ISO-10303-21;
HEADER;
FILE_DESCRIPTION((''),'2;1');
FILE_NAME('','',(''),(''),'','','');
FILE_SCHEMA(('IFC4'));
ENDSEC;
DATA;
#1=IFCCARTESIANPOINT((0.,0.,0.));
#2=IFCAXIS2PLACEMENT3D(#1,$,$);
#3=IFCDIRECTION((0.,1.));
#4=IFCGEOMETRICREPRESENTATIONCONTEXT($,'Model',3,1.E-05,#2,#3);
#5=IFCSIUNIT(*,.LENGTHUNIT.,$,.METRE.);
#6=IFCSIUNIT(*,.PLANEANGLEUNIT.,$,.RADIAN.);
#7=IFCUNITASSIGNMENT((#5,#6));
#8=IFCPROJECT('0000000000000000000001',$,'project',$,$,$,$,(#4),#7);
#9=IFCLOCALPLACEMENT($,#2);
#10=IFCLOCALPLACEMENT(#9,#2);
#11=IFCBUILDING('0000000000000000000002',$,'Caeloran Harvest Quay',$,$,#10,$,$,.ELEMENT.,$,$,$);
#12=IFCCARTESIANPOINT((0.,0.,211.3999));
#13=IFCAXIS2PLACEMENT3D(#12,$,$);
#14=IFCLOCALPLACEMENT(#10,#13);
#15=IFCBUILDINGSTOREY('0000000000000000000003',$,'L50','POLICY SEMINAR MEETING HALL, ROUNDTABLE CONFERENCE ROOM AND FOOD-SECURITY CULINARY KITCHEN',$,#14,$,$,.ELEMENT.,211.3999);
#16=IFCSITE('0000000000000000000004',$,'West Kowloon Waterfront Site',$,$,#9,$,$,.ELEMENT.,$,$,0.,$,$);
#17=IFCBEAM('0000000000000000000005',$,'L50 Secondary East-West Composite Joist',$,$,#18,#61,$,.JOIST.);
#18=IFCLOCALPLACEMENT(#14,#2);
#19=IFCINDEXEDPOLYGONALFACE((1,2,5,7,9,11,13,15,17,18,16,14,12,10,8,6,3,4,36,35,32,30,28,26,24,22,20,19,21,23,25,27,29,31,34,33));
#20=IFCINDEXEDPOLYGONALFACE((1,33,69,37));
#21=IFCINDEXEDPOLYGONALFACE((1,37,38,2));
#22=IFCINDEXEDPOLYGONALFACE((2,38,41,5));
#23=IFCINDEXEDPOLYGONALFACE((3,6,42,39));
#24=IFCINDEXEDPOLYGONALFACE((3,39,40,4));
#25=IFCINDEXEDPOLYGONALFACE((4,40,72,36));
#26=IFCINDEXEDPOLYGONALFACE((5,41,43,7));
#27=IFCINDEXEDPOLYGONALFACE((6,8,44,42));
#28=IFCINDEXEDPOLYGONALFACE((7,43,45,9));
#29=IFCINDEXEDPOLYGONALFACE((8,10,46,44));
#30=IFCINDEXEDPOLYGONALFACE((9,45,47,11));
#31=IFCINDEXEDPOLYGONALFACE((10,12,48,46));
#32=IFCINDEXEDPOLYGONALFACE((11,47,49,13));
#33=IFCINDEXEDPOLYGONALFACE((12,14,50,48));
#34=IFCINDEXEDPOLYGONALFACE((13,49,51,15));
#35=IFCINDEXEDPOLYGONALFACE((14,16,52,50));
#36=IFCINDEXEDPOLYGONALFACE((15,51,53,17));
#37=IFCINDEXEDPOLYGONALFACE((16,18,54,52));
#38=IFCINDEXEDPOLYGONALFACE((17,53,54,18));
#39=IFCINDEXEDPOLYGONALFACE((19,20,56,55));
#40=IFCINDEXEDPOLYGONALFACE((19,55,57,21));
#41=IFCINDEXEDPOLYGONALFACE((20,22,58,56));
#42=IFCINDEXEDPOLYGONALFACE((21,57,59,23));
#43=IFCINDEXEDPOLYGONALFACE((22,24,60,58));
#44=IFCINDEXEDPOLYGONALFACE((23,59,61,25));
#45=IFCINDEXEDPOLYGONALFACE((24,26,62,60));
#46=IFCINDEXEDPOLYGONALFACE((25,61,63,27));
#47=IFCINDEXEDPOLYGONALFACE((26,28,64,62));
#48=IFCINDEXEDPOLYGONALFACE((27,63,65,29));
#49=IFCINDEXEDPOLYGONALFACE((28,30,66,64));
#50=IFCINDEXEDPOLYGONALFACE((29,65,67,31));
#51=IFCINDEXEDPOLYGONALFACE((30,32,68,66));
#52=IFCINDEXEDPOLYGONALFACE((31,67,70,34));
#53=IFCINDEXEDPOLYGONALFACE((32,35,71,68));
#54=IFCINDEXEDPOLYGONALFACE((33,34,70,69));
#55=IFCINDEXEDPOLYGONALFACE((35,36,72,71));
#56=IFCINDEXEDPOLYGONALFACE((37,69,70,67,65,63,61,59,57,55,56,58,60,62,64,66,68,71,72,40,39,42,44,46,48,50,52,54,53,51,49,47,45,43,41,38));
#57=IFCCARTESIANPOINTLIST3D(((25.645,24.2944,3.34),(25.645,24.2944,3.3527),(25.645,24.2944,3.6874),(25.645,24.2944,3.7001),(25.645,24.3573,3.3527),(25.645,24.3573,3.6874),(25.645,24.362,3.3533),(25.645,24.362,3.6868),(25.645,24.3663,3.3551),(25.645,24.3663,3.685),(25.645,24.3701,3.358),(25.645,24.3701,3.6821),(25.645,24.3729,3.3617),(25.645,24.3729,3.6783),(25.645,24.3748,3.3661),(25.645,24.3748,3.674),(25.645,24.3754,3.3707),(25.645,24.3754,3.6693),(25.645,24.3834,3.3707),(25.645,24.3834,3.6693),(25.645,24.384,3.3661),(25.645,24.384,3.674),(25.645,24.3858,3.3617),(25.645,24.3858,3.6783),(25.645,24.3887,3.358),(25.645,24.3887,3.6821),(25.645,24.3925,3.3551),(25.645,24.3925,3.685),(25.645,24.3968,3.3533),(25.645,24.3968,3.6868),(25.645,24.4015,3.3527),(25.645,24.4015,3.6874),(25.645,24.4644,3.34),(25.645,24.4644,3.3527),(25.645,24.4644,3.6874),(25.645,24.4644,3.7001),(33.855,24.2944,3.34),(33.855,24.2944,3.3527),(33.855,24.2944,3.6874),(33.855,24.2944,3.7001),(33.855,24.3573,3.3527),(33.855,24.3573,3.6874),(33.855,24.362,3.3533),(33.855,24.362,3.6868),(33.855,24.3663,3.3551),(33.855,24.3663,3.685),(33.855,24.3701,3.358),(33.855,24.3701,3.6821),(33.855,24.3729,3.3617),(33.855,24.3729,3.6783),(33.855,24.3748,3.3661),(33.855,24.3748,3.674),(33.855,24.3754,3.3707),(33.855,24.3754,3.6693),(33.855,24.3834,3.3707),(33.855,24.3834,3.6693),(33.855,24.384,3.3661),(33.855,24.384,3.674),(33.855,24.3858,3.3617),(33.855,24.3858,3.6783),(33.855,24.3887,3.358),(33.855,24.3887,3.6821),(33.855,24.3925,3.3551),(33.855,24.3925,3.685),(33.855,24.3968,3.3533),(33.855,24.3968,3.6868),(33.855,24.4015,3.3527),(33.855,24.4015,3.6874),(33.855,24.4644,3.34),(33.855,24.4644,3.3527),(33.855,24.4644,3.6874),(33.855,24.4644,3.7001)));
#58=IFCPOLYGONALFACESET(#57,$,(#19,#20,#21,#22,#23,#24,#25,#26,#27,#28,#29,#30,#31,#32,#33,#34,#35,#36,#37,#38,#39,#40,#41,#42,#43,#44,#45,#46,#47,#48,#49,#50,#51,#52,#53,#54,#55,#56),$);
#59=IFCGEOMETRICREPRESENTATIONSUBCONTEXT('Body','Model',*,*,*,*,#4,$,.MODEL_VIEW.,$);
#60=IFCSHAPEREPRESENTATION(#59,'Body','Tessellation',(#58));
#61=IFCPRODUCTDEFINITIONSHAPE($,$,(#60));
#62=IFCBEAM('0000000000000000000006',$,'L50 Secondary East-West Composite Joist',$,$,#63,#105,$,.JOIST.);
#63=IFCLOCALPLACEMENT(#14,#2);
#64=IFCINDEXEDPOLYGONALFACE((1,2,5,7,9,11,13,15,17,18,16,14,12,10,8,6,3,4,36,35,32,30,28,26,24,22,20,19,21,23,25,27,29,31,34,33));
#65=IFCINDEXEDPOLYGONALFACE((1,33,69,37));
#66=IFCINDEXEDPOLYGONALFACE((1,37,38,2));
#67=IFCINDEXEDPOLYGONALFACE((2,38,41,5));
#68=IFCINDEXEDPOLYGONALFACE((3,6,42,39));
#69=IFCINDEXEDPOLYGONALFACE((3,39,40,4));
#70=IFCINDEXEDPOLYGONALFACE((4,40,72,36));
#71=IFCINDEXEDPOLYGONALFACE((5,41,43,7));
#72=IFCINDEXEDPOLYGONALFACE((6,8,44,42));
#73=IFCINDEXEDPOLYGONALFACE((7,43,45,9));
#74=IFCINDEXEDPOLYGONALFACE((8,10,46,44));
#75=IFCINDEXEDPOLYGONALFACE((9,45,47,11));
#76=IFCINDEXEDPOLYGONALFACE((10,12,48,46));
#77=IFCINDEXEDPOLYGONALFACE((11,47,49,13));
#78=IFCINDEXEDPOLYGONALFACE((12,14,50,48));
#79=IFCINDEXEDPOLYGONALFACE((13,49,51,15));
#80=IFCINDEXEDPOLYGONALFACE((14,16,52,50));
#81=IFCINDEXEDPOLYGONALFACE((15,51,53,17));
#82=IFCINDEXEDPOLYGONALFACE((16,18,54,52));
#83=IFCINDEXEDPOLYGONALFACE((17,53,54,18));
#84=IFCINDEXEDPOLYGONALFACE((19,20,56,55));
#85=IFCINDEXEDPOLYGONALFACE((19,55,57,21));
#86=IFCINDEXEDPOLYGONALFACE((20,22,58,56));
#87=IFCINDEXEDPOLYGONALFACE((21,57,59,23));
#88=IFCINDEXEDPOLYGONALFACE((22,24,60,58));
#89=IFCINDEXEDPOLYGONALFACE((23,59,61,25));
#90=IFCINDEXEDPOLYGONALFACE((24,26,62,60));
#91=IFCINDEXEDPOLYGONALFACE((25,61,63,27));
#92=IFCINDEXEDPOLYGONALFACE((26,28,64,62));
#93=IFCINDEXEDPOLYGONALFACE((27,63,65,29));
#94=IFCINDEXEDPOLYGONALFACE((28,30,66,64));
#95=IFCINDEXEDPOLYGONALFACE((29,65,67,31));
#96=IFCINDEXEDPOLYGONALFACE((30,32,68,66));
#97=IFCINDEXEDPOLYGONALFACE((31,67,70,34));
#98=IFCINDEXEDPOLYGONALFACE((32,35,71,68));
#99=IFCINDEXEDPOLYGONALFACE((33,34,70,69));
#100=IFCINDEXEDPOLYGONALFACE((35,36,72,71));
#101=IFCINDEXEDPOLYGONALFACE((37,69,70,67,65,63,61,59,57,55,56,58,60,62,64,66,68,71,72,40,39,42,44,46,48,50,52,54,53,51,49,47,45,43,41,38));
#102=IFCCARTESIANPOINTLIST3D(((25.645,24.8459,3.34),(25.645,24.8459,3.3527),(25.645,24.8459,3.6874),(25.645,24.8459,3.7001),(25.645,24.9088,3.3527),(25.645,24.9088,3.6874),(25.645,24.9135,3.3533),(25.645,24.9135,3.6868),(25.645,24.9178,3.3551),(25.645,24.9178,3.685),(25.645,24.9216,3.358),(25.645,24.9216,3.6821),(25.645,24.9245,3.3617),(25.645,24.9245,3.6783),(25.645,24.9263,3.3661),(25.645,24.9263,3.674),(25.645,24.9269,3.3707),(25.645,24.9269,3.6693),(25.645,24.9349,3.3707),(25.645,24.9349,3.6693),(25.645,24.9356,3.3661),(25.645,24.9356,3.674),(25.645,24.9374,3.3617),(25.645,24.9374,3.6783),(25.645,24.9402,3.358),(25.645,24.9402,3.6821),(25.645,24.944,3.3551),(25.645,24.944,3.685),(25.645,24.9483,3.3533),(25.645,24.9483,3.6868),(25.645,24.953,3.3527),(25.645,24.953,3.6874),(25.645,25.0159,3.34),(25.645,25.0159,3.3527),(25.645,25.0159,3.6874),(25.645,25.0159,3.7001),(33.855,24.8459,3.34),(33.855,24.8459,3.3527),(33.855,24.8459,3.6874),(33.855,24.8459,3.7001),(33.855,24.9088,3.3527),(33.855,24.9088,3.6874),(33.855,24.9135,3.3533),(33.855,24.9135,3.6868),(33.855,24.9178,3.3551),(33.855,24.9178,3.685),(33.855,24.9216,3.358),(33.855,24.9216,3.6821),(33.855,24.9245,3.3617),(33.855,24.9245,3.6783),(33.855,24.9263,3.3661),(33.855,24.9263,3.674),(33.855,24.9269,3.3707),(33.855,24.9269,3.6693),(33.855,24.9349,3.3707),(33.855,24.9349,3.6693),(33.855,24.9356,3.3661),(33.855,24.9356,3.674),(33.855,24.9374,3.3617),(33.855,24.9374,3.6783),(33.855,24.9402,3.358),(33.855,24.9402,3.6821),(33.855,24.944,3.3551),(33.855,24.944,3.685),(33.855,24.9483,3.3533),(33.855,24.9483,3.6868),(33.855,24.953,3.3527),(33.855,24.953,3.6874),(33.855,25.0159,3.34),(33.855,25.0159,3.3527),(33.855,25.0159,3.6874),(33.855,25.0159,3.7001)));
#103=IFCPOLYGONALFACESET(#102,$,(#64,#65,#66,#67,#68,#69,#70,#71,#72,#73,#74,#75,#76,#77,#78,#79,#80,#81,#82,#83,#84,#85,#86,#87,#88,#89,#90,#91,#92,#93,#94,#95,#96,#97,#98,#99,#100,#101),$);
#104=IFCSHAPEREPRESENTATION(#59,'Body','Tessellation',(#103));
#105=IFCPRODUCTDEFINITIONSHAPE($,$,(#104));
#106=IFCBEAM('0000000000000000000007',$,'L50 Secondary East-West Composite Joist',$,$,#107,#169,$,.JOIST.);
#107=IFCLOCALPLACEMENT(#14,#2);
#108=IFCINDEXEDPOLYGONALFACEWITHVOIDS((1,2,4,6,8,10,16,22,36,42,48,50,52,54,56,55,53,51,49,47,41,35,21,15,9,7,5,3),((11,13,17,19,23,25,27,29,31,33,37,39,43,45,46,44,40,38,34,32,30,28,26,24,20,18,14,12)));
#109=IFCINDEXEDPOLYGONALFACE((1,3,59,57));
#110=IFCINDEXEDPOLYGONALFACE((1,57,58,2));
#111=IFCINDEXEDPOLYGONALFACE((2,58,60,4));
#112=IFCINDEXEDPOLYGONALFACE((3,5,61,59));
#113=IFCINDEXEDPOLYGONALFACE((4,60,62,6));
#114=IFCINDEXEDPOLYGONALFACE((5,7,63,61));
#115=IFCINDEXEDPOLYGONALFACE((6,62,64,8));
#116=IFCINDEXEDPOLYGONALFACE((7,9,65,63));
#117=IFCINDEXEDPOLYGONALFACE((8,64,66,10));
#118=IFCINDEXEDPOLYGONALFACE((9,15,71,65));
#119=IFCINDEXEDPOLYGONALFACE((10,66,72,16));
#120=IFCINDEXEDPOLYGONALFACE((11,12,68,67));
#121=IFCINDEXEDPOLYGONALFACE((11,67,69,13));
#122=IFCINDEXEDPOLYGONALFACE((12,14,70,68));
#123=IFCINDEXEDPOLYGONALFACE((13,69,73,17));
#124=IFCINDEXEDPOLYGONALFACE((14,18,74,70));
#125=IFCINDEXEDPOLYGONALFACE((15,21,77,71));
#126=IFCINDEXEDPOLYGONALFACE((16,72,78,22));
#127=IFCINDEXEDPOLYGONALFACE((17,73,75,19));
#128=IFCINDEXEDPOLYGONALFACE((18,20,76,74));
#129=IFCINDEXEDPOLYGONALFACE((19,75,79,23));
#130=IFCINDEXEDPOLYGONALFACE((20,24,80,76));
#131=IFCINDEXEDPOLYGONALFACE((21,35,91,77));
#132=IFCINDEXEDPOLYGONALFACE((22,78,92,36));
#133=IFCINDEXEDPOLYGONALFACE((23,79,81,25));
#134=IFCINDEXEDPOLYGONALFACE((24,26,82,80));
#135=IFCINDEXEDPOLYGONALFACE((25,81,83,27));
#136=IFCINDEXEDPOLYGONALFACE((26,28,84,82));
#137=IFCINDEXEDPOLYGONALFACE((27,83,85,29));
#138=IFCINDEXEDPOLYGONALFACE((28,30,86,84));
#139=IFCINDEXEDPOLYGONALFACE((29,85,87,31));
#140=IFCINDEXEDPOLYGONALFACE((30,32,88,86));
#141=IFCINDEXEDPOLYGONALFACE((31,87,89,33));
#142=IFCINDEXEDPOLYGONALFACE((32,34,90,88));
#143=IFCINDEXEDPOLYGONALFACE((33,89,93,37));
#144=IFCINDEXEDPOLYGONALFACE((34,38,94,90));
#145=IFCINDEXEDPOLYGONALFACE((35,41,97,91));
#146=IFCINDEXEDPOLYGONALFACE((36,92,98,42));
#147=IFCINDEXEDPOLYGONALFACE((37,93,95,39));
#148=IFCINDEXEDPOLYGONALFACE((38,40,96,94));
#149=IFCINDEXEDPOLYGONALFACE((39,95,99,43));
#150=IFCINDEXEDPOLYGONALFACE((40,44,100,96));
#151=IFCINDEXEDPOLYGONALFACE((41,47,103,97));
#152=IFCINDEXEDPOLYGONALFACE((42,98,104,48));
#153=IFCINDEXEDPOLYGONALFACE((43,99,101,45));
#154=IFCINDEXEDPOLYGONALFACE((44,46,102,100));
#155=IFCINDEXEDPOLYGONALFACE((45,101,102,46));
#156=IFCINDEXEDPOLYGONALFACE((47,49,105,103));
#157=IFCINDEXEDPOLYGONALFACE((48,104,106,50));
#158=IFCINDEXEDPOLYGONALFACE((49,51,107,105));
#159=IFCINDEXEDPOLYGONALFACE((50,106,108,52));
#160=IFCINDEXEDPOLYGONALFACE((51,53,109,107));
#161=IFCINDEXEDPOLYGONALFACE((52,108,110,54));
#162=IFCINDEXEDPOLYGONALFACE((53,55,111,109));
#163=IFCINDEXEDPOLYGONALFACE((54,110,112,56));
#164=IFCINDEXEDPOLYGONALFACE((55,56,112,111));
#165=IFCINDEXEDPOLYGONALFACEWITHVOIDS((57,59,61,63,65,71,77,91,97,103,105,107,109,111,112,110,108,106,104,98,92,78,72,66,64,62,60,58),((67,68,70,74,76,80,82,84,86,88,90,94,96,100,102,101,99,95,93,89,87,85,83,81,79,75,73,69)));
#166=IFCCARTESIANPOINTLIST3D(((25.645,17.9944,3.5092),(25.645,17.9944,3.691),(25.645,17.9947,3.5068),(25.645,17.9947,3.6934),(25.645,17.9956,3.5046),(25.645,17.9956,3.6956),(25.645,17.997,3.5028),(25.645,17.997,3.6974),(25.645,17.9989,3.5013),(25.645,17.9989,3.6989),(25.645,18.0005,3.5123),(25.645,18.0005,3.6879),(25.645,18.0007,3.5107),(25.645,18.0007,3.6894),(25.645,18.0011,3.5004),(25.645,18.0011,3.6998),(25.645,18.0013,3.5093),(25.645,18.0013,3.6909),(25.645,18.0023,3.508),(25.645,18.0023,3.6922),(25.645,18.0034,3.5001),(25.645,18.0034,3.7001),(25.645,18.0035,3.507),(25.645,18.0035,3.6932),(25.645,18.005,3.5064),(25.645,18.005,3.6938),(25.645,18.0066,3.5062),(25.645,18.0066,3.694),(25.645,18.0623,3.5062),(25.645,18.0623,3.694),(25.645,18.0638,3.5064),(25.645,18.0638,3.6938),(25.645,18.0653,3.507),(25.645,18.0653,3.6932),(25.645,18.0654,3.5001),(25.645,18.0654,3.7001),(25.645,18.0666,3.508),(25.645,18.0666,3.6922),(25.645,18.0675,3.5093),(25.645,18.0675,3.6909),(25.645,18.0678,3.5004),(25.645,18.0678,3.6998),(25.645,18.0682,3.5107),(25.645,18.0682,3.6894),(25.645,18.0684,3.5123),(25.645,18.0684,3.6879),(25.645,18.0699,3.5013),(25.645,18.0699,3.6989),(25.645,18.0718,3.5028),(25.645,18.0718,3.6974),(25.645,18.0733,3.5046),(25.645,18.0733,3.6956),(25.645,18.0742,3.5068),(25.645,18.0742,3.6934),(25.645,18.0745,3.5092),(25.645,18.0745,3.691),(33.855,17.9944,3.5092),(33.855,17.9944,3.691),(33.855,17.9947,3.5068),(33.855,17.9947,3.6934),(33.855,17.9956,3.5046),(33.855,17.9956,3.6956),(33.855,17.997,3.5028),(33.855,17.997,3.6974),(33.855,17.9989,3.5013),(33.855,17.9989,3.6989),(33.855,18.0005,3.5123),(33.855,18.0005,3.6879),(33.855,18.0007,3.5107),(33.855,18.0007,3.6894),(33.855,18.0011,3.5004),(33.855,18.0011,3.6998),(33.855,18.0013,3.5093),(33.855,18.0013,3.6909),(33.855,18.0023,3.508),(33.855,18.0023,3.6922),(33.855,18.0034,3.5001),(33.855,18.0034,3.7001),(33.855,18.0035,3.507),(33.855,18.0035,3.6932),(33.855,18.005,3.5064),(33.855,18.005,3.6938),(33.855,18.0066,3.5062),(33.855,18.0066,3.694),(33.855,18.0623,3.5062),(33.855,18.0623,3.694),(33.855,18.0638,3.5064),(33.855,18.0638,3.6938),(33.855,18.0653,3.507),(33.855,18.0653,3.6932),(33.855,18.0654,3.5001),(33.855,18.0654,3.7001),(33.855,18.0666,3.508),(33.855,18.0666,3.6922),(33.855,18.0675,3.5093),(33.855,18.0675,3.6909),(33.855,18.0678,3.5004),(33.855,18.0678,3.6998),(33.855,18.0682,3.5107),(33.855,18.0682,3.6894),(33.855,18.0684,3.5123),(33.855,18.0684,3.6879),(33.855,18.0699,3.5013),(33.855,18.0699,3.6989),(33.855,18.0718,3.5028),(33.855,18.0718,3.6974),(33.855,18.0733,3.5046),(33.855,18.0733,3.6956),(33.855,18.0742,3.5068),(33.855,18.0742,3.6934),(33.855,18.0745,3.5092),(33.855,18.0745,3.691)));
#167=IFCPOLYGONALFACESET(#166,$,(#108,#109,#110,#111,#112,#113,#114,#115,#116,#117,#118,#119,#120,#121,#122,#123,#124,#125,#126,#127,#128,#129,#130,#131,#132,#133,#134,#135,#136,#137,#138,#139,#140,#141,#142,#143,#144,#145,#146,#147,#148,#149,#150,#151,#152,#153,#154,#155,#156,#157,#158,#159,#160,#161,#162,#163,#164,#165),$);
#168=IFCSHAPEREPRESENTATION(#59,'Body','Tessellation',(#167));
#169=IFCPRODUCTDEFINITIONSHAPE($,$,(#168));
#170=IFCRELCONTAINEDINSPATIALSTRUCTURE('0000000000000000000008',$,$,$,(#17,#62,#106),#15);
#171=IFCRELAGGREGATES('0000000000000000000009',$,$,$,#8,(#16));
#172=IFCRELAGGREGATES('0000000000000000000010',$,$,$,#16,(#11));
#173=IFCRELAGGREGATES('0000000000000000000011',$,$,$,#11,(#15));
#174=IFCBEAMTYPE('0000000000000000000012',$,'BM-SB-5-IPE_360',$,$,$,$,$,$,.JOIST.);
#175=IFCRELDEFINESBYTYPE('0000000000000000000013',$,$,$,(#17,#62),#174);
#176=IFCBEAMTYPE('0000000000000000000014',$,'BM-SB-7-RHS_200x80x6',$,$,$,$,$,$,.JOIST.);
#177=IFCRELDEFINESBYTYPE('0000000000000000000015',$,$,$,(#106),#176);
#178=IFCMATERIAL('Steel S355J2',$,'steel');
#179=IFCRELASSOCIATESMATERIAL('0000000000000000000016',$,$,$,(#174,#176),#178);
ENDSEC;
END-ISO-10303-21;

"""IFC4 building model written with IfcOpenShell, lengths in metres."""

from ifc_helpers import new_model, si_unit, direction, frame, origin, origin_2d, place, context, subcontext, project, spatial, hollow_rectangle, i_section, extrude, material, material_profile, profile_set, type_object, element, save


model = new_model("IFC4")

# Units and contexts
model_context = context("Model", 3, precision=1e-05, world=origin(), true_north=direction((0.0, 1.0)))
body_context = subcontext(model_context, "Body", "Model", "MODEL_VIEW")
ifc_project = project(units=[si_unit("LENGTHUNIT", "METRE"), si_unit("PLANEANGLEUNIT", "RADIAN")], contexts=[model_context])

# Site, building, storey
site_placement = place(None, origin())
site = spatial("IfcSite", under=ifc_project, at=site_placement, Name="West Kowloon Waterfront Site", CompositionType="ELEMENT", RefElevation=0.0)
building_placement = place(site_placement, origin())
building = spatial("IfcBuilding", under=site, at=building_placement, Name="Caeloran Harvest Quay", CompositionType="ELEMENT")
storey_placement = place(building_placement, frame((0.0, 0.0, 211.3999)))
storey = spatial("IfcBuildingStorey", under=building, at=storey_placement, Name="L50", Description="POLICY SEMINAR MEETING HALL, ROUNDTABLE CONFERENCE ROOM AND FOOD-SECURITY CULINARY KITCHEN", CompositionType="ELEMENT", Elevation=211.3999)

# Beams
ifc_material_1 = material(Name="Steel S355J2", Category="steel")
ifc_material_profile_1 = material_profile(ifc_material_1, i_section(OverallWidth=0.1699, OverallDepth=0.3601, WebThickness=0.0081, FlangeThickness=0.0127, FilletRadius=0.0181, at=origin_2d()), Name="IPE 360")
ifc_profile_set_1 = profile_set([ifc_material_profile_1], Name="Steel S355J2")
beam_type_1 = type_object("IfcBeamType", Name="BM-SB-5-IPE_360", PredefinedType="JOIST", material=ifc_profile_set_1)
for number, where, z_axis, x_axis, name in (
    (1, (25.645, 24.3794, 3.52), (1.0, 0.0, 0.0), (0.0, 1.0, 0.0), "L50 Secondary East-West Composite Joist"),
    (2, (25.645, 24.9309, 3.52), (1.0, 0.0, 0.0), (0.0, 1.0, 0.0), "L50 Secondary East-West Composite Joist"),
):
    element("IfcBeam", number, at=place(storey_placement, frame(where, z_axis=z_axis, x_axis=x_axis)), inside=storey, type_object=beam_type_1, Name=name, PredefinedType="JOIST", context=body_context, shape_type="SweptSolid", body=[
        extrude(i_section(OverallWidth=0.1699, OverallDepth=0.3601, WebThickness=0.0081, FlangeThickness=0.0127, FilletRadius=0.0181, at=origin_2d()), origin(), (0.0, 0.0, 1.0), 8.21),
    ])
ifc_material_profile_2 = material_profile(ifc_material_1, hollow_rectangle(XDim=0.0801, YDim=0.2, WallThickness=0.0061, InnerFilletRadius=0.0061, OuterFilletRadius=0.009, at=origin_2d()), Name="RHS 200x80x6")
ifc_profile_set_2 = profile_set([ifc_material_profile_2], Name="Steel S355J2")
beam_type_2 = type_object("IfcBeamType", Name="BM-SB-7-RHS_200x80x6", PredefinedType="JOIST", material=ifc_profile_set_2)
for number, where, z_axis, x_axis, name in (
    (3, (25.645, 18.0344, 3.6001), (1.0, 0.0, 0.0), (0.0, 1.0, 0.0), "L50 Secondary East-West Composite Joist"),
):
    element("IfcBeam", number, at=place(storey_placement, frame(where, z_axis=z_axis, x_axis=x_axis)), inside=storey, type_object=beam_type_2, Name=name, PredefinedType="JOIST", context=body_context, shape_type="SweptSolid", body=[
        extrude(hollow_rectangle(XDim=0.0801, YDim=0.2, WallThickness=0.0061, InnerFilletRadius=0.0061, OuterFilletRadius=0.009, at=origin_2d()), origin(), (0.0, 0.0, 1.0), 8.21),
    ])

save(model, "model.ifc")
